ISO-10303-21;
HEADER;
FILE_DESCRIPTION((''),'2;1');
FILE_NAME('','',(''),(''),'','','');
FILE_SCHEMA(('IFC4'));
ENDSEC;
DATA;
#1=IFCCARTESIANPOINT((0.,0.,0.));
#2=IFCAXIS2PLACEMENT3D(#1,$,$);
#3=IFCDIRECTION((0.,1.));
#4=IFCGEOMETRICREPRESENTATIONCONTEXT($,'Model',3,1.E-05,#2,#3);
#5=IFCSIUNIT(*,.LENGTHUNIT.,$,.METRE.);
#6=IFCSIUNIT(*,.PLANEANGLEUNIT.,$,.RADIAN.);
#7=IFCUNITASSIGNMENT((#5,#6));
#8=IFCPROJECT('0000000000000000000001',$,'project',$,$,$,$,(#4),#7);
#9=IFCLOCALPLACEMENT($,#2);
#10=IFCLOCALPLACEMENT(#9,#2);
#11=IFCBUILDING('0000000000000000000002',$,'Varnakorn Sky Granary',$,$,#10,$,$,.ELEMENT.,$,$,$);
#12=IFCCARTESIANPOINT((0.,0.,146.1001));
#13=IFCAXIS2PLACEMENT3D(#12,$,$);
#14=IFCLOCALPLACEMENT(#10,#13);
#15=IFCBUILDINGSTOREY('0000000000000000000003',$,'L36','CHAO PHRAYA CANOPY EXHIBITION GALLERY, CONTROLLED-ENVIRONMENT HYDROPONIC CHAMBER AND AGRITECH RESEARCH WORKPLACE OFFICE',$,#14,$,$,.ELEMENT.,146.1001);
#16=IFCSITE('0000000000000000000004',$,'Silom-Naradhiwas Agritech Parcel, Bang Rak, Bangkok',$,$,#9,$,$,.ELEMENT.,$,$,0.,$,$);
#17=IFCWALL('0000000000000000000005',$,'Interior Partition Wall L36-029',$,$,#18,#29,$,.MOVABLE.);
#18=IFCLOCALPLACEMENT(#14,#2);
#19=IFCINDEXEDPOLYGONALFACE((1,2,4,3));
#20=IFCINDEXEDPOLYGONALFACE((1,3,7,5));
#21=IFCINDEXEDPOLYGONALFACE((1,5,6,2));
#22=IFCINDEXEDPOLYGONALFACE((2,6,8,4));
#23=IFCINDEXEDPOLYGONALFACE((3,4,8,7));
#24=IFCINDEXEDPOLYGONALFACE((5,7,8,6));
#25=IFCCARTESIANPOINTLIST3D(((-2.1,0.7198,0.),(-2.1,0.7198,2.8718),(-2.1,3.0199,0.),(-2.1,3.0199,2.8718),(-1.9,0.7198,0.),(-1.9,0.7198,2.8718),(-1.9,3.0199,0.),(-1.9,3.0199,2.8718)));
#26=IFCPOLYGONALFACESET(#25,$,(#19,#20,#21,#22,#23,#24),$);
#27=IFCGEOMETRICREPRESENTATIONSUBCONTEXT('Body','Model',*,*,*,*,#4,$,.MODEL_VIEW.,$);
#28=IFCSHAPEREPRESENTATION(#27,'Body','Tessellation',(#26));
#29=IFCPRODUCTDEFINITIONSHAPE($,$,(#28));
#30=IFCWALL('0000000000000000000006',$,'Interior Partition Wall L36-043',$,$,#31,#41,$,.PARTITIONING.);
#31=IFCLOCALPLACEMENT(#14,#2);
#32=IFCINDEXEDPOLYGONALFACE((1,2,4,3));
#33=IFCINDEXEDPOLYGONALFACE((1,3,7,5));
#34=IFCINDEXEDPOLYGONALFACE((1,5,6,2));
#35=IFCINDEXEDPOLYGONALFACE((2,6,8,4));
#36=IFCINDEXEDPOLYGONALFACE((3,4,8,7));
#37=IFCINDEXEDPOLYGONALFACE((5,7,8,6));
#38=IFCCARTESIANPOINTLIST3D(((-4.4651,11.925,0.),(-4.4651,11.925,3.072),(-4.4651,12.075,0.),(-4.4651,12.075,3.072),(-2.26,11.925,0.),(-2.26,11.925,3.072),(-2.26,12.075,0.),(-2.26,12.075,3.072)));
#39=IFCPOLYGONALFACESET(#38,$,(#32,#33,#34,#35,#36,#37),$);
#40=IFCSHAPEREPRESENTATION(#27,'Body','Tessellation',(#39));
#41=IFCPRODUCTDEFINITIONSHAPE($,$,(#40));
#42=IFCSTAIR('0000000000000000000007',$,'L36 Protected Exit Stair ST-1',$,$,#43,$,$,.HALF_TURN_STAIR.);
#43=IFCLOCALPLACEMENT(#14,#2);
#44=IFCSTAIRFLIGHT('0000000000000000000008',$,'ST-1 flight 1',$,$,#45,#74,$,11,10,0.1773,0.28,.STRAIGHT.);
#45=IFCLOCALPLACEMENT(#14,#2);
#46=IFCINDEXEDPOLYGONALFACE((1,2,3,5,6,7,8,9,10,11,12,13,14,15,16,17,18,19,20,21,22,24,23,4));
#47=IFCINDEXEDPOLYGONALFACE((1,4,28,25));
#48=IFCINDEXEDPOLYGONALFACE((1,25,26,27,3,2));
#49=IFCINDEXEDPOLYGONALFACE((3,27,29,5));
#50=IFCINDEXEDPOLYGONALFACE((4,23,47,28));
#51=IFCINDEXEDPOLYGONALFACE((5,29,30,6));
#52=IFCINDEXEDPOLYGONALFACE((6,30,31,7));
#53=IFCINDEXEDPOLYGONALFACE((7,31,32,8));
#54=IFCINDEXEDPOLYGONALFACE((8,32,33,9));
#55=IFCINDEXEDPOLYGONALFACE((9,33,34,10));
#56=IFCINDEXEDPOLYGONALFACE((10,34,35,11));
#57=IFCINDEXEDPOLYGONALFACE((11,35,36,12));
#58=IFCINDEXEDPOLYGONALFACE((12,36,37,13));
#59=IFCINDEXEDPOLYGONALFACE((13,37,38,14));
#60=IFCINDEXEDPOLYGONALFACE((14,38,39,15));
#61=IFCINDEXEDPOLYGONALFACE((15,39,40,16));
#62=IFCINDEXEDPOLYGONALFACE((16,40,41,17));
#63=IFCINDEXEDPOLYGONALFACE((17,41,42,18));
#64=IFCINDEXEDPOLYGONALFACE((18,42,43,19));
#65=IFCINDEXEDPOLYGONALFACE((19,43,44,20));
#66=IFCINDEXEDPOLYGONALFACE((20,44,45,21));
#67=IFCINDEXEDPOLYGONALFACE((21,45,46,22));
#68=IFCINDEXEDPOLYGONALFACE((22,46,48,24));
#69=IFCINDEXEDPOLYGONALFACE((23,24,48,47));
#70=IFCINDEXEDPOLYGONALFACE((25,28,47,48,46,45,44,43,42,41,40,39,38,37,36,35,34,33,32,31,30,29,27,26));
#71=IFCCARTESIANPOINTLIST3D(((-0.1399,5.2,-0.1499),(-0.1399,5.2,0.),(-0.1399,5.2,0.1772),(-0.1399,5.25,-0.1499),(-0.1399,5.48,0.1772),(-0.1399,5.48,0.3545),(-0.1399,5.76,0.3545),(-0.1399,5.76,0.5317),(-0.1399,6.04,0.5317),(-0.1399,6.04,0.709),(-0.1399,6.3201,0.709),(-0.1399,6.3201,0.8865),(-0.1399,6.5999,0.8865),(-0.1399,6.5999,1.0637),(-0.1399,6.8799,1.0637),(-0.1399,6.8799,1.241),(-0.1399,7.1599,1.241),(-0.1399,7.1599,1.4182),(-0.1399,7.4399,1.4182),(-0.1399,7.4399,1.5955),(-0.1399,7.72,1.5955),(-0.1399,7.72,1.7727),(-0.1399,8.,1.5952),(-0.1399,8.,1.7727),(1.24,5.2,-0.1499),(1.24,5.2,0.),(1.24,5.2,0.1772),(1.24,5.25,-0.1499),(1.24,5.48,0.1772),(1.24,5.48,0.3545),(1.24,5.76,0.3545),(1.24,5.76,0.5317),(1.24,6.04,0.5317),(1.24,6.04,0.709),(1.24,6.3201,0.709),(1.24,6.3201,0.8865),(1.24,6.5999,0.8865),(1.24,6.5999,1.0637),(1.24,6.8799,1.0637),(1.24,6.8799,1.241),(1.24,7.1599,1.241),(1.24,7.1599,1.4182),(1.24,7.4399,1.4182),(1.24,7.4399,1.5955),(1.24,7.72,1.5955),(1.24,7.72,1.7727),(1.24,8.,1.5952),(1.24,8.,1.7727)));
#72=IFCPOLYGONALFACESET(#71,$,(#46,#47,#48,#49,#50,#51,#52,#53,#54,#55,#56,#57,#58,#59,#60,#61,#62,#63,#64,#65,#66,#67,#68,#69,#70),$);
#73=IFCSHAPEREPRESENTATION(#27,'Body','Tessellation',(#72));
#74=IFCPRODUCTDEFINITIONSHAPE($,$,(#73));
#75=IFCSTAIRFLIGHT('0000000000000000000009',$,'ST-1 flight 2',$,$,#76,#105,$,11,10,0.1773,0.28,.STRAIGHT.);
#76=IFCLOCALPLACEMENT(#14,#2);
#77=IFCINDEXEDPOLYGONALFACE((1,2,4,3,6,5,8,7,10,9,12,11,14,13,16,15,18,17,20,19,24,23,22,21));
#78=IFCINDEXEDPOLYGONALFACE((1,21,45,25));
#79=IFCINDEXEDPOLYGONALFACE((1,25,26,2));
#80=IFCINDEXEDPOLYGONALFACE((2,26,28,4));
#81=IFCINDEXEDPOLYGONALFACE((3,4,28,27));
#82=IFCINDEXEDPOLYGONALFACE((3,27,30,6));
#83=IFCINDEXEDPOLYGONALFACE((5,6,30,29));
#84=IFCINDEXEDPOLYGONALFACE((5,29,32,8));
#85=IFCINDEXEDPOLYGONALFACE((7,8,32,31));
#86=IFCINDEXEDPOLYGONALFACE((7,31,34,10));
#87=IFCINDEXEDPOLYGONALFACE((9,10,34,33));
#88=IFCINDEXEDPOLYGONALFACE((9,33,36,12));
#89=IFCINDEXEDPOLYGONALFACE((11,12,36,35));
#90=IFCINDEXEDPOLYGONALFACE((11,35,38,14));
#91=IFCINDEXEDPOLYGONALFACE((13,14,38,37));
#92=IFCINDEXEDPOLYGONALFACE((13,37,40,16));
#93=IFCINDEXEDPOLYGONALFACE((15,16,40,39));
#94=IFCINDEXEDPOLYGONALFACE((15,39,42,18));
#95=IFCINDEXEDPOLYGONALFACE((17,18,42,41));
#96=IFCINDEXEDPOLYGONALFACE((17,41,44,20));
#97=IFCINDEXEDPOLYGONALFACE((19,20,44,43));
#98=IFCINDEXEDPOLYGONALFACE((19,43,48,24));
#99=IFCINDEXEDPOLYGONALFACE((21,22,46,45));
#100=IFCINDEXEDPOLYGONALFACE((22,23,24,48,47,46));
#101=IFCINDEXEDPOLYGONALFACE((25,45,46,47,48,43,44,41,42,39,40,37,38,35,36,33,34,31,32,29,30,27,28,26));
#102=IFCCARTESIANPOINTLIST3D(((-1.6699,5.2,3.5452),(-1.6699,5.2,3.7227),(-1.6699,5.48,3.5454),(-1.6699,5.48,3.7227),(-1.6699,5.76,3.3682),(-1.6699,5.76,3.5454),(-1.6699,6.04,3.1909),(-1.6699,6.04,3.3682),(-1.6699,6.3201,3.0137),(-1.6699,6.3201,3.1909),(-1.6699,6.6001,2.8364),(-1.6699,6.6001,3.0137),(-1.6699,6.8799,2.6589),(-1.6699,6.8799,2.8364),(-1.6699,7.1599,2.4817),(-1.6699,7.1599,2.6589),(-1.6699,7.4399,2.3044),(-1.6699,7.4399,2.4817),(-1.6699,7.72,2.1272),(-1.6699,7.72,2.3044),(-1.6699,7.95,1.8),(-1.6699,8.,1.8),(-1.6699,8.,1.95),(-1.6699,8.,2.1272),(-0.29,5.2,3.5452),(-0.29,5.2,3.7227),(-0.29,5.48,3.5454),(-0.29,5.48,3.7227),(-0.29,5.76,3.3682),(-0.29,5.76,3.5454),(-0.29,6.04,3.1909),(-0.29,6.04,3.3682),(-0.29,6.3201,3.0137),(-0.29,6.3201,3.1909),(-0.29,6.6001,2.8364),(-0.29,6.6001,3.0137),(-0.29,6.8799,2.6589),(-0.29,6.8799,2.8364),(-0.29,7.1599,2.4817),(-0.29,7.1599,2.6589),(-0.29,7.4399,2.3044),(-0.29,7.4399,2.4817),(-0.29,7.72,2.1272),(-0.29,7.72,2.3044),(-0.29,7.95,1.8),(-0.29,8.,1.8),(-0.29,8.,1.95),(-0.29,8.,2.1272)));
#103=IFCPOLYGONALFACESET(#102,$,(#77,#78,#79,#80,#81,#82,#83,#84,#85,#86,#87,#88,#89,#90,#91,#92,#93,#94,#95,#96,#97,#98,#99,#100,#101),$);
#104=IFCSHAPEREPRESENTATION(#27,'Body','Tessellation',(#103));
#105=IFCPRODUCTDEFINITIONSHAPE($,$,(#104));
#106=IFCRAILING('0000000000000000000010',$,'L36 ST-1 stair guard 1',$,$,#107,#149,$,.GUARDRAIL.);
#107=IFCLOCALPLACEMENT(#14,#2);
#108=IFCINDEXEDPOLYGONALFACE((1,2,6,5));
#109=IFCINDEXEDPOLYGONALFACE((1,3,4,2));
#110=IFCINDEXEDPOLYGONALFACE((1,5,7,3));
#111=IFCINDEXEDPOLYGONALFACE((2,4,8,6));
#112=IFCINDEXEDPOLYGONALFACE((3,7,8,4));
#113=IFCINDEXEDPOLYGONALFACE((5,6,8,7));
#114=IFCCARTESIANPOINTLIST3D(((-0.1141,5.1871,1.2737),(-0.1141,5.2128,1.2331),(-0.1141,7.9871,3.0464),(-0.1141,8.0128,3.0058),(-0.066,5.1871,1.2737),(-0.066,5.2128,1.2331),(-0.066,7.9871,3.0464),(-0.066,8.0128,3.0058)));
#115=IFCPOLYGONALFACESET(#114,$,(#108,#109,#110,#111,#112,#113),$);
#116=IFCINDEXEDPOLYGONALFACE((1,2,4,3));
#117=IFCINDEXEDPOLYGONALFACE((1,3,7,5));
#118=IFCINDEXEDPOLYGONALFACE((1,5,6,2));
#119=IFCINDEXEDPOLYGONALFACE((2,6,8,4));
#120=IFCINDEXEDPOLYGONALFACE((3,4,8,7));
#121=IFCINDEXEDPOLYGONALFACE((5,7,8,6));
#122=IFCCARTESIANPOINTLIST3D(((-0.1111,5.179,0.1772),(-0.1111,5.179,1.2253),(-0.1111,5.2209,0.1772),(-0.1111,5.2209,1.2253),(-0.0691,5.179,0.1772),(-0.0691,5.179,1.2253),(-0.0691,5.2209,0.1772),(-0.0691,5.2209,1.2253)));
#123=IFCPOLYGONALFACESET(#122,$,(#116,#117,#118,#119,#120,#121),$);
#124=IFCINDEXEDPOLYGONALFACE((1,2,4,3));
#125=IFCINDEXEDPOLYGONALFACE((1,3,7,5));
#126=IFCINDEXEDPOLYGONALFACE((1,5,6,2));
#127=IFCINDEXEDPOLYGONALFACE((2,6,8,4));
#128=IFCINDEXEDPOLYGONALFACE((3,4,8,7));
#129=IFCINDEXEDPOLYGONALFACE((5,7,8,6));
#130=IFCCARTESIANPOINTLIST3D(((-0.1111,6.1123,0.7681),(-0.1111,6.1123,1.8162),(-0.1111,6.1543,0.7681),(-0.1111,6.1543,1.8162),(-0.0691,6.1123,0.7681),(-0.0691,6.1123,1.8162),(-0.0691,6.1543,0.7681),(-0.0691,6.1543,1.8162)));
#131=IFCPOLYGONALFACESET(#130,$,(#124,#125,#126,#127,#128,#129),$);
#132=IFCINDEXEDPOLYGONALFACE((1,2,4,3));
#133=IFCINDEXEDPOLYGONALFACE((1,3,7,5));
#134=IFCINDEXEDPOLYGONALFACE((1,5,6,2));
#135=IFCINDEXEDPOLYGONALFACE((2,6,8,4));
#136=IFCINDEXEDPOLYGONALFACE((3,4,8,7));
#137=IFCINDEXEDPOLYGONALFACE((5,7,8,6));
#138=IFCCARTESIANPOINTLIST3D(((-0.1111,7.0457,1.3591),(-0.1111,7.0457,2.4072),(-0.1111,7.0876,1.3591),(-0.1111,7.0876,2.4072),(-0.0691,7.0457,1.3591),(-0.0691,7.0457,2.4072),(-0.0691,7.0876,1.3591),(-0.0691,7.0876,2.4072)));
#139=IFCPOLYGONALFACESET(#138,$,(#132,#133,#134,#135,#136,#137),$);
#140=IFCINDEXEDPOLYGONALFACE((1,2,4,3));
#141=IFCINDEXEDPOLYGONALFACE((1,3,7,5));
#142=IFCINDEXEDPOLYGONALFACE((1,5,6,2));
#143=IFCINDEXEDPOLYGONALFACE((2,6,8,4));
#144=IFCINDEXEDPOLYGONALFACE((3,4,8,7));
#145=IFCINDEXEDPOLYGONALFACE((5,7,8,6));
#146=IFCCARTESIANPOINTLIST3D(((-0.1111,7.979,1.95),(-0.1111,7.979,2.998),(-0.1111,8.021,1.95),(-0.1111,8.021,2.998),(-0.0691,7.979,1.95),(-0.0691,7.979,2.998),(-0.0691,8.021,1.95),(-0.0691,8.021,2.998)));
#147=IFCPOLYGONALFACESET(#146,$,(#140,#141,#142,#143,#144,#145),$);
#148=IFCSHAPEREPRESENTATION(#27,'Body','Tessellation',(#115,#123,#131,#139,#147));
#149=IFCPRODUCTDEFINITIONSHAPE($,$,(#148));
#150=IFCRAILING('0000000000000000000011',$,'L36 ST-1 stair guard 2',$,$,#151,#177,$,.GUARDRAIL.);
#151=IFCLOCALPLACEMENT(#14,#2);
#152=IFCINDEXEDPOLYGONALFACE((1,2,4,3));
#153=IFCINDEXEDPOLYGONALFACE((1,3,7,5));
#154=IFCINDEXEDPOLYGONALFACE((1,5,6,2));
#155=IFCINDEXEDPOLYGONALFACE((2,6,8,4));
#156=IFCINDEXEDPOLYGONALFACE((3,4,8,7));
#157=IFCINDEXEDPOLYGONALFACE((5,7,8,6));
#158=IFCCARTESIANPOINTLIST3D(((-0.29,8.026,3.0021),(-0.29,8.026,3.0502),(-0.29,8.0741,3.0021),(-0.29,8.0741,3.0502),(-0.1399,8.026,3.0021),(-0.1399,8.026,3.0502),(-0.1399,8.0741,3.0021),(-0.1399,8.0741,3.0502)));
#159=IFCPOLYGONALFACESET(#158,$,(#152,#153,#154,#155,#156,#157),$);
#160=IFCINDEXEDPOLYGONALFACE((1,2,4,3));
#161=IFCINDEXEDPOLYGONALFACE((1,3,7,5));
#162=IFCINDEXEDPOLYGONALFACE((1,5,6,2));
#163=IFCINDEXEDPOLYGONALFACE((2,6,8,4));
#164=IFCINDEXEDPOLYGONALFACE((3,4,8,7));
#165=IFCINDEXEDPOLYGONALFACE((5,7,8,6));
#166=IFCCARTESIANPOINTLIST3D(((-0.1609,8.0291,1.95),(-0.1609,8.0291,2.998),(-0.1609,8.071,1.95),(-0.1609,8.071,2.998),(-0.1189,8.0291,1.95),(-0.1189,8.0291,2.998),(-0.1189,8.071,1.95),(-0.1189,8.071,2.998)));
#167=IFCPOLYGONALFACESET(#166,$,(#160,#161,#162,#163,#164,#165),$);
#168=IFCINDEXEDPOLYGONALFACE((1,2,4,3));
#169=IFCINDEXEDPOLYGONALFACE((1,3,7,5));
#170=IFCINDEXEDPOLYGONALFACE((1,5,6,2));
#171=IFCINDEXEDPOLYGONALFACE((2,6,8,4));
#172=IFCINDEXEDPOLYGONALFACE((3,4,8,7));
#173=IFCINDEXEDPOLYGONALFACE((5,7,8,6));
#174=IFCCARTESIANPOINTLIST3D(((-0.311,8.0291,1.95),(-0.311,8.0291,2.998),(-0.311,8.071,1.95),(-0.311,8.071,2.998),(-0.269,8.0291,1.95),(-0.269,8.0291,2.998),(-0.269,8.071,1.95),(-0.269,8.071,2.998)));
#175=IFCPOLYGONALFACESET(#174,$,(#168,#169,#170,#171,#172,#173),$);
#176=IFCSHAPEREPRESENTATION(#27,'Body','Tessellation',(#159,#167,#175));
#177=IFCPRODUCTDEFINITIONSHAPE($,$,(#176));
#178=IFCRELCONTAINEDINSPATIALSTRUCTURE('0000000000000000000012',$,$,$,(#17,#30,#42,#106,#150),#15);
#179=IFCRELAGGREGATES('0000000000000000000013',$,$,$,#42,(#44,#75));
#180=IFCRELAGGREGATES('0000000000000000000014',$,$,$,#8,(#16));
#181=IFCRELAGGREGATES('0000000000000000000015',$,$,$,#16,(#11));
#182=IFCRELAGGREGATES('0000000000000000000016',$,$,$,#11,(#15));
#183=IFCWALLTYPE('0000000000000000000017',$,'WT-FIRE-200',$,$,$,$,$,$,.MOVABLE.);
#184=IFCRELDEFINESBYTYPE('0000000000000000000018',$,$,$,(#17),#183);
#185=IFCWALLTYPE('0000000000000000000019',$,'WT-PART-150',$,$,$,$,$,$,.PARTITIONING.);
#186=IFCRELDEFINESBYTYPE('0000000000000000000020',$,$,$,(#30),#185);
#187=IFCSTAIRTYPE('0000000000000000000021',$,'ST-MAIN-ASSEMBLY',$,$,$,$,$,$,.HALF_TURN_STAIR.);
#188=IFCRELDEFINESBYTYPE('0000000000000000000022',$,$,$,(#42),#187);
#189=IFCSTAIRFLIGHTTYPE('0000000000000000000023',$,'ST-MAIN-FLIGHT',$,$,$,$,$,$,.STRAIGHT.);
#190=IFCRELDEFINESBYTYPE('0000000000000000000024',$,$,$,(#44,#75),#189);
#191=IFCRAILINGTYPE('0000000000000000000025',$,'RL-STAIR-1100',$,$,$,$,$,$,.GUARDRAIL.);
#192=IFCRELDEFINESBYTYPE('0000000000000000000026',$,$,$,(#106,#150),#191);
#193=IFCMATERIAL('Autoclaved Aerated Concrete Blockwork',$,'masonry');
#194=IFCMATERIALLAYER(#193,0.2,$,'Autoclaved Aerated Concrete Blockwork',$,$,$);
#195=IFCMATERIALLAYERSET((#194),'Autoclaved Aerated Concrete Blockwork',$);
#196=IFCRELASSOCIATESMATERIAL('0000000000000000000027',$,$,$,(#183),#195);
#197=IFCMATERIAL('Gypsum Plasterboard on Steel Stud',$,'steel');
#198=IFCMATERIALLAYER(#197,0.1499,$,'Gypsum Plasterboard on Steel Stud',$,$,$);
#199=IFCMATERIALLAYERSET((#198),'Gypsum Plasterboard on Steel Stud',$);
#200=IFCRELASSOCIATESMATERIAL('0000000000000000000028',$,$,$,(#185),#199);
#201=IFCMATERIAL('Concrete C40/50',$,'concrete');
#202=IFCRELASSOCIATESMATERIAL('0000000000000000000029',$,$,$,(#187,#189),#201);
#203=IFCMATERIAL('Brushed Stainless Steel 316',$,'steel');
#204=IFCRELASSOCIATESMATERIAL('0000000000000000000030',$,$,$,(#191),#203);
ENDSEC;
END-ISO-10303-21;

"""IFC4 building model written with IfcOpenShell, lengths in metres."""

from ifc_helpers import new_model, si_unit, direction, frame, frame_2d, origin, origin_2d, place, context, subcontext, project, spatial, polyline, rectangle, outline, extrude, material, layer, layer_set, type_object, element, aggregate, save


model = new_model("IFC4")

# Units and contexts
model_context = context("Model", 3, precision=1e-05, world=origin(), true_north=direction((0.0, 1.0)))
body_context = subcontext(model_context, "Body", "Model", "MODEL_VIEW")
ifc_project = project(units=[si_unit("LENGTHUNIT", "METRE"), si_unit("PLANEANGLEUNIT", "RADIAN")], contexts=[model_context])

# Site, building, storey
site_placement = place(None, origin())
site = spatial("IfcSite", under=ifc_project, at=site_placement, Name="Silom-Naradhiwas Agritech Parcel, Bang Rak, Bangkok", CompositionType="ELEMENT", RefElevation=0.0)
building_placement = place(site_placement, origin())
building = spatial("IfcBuilding", under=site, at=building_placement, Name="Varnakorn Sky Granary", CompositionType="ELEMENT")
storey_placement = place(building_placement, frame((0.0, 0.0, 146.1001)))
storey = spatial("IfcBuildingStorey", under=building, at=storey_placement, Name="L36", Description="CHAO PHRAYA CANOPY EXHIBITION GALLERY, CONTROLLED-ENVIRONMENT HYDROPONIC CHAMBER AND AGRITECH RESEARCH WORKPLACE OFFICE", CompositionType="ELEMENT", Elevation=146.1001)

# Walls
ifc_material_1 = material(Name="Autoclaved Aerated Concrete Blockwork", Category="masonry")
ifc_layer_1 = layer(ifc_material_1, 0.2, Name="Autoclaved Aerated Concrete Blockwork")
ifc_layer_set_1 = layer_set([ifc_layer_1], Name="Autoclaved Aerated Concrete Blockwork")
wall_type_1 = type_object("IfcWallType", Name="WT-FIRE-200", PredefinedType="MOVABLE", material=ifc_layer_set_1)
wall_1_placement = place(storey_placement, frame((-2.0, 0.72, 0.0), z_axis=(0.0, 0.0, 1.0), x_axis=(0.0, 1.0, 0.0)))
element("IfcWall", 1, at=wall_1_placement, inside=storey, type_object=wall_type_1, Name="Interior Partition Wall L36-029", PredefinedType="MOVABLE", context=body_context, shape_type="SweptSolid", body=[
    extrude(rectangle(XDim=2.3, YDim=0.2, at=frame_2d((1.1499, 0.0))), origin(), (0.0, 0.0, 1.0), 2.8718),
])
ifc_material_2 = material(Name="Gypsum Plasterboard on Steel Stud", Category="steel")
ifc_layer_2 = layer(ifc_material_2, 0.1499, Name="Gypsum Plasterboard on Steel Stud")
ifc_layer_set_2 = layer_set([ifc_layer_2], Name="Gypsum Plasterboard on Steel Stud")
wall_type_2 = type_object("IfcWallType", Name="WT-PART-150", PredefinedType="PARTITIONING", material=ifc_layer_set_2)
wall_2_placement = place(storey_placement, frame((-4.4651, 12.0, 0.0), z_axis=(0.0, 0.0, 1.0), x_axis=(1.0, 0.0, 0.0)))
element("IfcWall", 2, at=wall_2_placement, inside=storey, type_object=wall_type_2, Name="Interior Partition Wall L36-043", PredefinedType="PARTITIONING", context=body_context, shape_type="SweptSolid", body=[
    extrude(rectangle(XDim=2.2051, YDim=0.1499, at=frame_2d((1.1025, 0.0))), origin(), (0.0, 0.0, 1.0), 3.072),
])

# Stair, stair flights
ifc_material_3 = material(Name="Concrete C40/50", Category="concrete")
stair_type = type_object("IfcStairType", Name="ST-MAIN-ASSEMBLY", PredefinedType="HALF_TURN_STAIR", material=ifc_material_3)
stair_placement = place(storey_placement, origin())
stair = element("IfcStair", 3, at=stair_placement, inside=storey, type_object=stair_type, Name="L36 Protected Exit Stair ST-1", PredefinedType="HALF_TURN_STAIR")
stair_flight_type = type_object("IfcStairFlightType", Name="ST-MAIN-FLIGHT", PredefinedType="STRAIGHT", material=ifc_material_3)
stair_flight_1_placement = place(storey_placement, frame((0.55, 5.2, 0.0), z_axis=(0.0, 0.0, 1.0), x_axis=(0.0, 1.0, 0.0)))
stair_flight_1 = element("IfcStairFlight", 4, at=stair_flight_1_placement, type_object=stair_flight_type, Name="ST-1 flight 1", NumberOfRisers=11, NumberOfTreads=10, PredefinedType="STRAIGHT", RiserHeight=0.1773, TreadLength=0.28, context=body_context, shape_type="SweptSolid", body=[
    extrude(outline(polyline([(0.0, -0.1499), (0.0, 0.0), (0.0, 0.1772), (0.28, 0.1772), (0.28, 0.3545), (0.5601, 0.3545), (0.5601, 0.5317), (0.8401, 0.5317), (0.8401, 0.709), (1.1201, 0.709), (1.1201, 0.8865), (1.3999, 0.8865), (1.3999, 1.0637), (1.6799, 1.0637), (1.6799, 1.241), (1.96, 1.241), (1.96, 1.4182), (2.24, 1.4182), (2.24, 1.5955), (2.52, 1.5955), (2.52, 1.7727), (2.8, 1.7727), (2.8, 1.95), (2.8, 1.5952), (0.05, -0.1499), (0.0, -0.1499)])), frame((0.0, 0.6899, 0.0), z_axis=(0.0, -1.0, 0.0), x_axis=(1.0, 0.0, 0.0)), (0.0, 0.0, 1.0), 1.3799),
])
stair_flight_2_placement = place(storey_placement, frame((-0.98, 8.0, 1.95), z_axis=(0.0, 0.0, 1.0), x_axis=(0.0, -1.0, 0.0)))
stair_flight_2 = element("IfcStairFlight", 5, at=stair_flight_2_placement, type_object=stair_flight_type, Name="ST-1 flight 2", NumberOfRisers=11, NumberOfTreads=10, PredefinedType="STRAIGHT", RiserHeight=0.1773, TreadLength=0.28, context=body_context, shape_type="SweptSolid", body=[
    extrude(outline(polyline([(0.0, -0.1499), (0.0, 0.0), (0.0, 0.1772), (0.28, 0.1772), (0.28, 0.3545), (0.5601, 0.3545), (0.5601, 0.5317), (0.8401, 0.5317), (0.8401, 0.709), (1.1201, 0.709), (1.1201, 0.8865), (1.3999, 0.8865), (1.3999, 1.0637), (1.6799, 1.0637), (1.6799, 1.241), (1.96, 1.241), (1.96, 1.4182), (2.24, 1.4182), (2.24, 1.5955), (2.52, 1.5955), (2.52, 1.7727), (2.8, 1.7727), (2.8, 1.95), (2.8, 1.5952), (0.05, -0.1499), (0.0, -0.1499)])), frame((0.0, 0.6899, 0.0), z_axis=(0.0, -1.0, 0.0), x_axis=(1.0, 0.0, 0.0)), (0.0, 0.0, 1.0), 1.3799),
])
aggregate(stair, [stair_flight_1, stair_flight_2])

# Railings
ifc_material_4 = material(Name="Brushed Stainless Steel 316", Category="steel")
railing_type_1 = type_object("IfcRailingType", Name="RL-STAIR-1100", PredefinedType="GUARDRAIL", material=ifc_material_4)
railing_1_placement = place(storey_placement, frame((-0.0901, 5.2, 0.1772)))
element("IfcRailing", 6, at=railing_1_placement, inside=storey, type_object=railing_type_1, Name="L36 ST-1 stair guard 1", PredefinedType="GUARDRAIL", context=body_context, shape_type="SweptSolid", body=[
    extrude(rectangle(XDim=0.0481, YDim=0.0481, at=origin_2d()), frame((0.0, 0.0, 1.0762), z_axis=(0.0, 0.844909, 0.53491), x_axis=(-1.0, 0.0, 0.0)), (0.0, 0.0, 1.0), 3.314),
    extrude(rectangle(XDim=0.042, YDim=0.042, at=origin_2d()), origin(), (0.0, 0.0, 1.0), 1.0481),
    extrude(rectangle(XDim=0.042, YDim=0.042, at=origin_2d()), frame((0.0, 0.9333, 0.5908)), (0.0, 0.0, 1.0), 1.0481),
    extrude(rectangle(XDim=0.042, YDim=0.042, at=origin_2d()), frame((0.0, 1.8667, 1.1819)), (0.0, 0.0, 1.0), 1.0481),
    extrude(rectangle(XDim=0.042, YDim=0.042, at=origin_2d()), frame((0.0, 2.8, 1.7727)), (0.0, 0.0, 1.0), 1.0481),
])
railing_2_placement = place(storey_placement, frame((-0.1399, 8.05, 1.95)))
element("IfcRailing", 7, at=railing_2_placement, inside=storey, type_object=railing_type_1, Name="L36 ST-1 stair guard 2", PredefinedType="GUARDRAIL", context=body_context, shape_type="SweptSolid", body=[
    extrude(rectangle(XDim=0.0481, YDim=0.0481, at=origin_2d()), frame((0.0, 0.0, 1.0762), z_axis=(-1.0, 0.0, 0.0), x_axis=(0.0, -1.0, 0.0)), (0.0, 0.0, 1.0), 0.1501),
    extrude(rectangle(XDim=0.042, YDim=0.042, at=origin_2d()), origin(), (0.0, 0.0, 1.0), 1.0481),
    extrude(rectangle(XDim=0.042, YDim=0.042, at=origin_2d()), frame((-0.1501, 0.0, 0.0)), (0.0, 0.0, 1.0), 1.0481),
])

save(model, "model.ifc")
